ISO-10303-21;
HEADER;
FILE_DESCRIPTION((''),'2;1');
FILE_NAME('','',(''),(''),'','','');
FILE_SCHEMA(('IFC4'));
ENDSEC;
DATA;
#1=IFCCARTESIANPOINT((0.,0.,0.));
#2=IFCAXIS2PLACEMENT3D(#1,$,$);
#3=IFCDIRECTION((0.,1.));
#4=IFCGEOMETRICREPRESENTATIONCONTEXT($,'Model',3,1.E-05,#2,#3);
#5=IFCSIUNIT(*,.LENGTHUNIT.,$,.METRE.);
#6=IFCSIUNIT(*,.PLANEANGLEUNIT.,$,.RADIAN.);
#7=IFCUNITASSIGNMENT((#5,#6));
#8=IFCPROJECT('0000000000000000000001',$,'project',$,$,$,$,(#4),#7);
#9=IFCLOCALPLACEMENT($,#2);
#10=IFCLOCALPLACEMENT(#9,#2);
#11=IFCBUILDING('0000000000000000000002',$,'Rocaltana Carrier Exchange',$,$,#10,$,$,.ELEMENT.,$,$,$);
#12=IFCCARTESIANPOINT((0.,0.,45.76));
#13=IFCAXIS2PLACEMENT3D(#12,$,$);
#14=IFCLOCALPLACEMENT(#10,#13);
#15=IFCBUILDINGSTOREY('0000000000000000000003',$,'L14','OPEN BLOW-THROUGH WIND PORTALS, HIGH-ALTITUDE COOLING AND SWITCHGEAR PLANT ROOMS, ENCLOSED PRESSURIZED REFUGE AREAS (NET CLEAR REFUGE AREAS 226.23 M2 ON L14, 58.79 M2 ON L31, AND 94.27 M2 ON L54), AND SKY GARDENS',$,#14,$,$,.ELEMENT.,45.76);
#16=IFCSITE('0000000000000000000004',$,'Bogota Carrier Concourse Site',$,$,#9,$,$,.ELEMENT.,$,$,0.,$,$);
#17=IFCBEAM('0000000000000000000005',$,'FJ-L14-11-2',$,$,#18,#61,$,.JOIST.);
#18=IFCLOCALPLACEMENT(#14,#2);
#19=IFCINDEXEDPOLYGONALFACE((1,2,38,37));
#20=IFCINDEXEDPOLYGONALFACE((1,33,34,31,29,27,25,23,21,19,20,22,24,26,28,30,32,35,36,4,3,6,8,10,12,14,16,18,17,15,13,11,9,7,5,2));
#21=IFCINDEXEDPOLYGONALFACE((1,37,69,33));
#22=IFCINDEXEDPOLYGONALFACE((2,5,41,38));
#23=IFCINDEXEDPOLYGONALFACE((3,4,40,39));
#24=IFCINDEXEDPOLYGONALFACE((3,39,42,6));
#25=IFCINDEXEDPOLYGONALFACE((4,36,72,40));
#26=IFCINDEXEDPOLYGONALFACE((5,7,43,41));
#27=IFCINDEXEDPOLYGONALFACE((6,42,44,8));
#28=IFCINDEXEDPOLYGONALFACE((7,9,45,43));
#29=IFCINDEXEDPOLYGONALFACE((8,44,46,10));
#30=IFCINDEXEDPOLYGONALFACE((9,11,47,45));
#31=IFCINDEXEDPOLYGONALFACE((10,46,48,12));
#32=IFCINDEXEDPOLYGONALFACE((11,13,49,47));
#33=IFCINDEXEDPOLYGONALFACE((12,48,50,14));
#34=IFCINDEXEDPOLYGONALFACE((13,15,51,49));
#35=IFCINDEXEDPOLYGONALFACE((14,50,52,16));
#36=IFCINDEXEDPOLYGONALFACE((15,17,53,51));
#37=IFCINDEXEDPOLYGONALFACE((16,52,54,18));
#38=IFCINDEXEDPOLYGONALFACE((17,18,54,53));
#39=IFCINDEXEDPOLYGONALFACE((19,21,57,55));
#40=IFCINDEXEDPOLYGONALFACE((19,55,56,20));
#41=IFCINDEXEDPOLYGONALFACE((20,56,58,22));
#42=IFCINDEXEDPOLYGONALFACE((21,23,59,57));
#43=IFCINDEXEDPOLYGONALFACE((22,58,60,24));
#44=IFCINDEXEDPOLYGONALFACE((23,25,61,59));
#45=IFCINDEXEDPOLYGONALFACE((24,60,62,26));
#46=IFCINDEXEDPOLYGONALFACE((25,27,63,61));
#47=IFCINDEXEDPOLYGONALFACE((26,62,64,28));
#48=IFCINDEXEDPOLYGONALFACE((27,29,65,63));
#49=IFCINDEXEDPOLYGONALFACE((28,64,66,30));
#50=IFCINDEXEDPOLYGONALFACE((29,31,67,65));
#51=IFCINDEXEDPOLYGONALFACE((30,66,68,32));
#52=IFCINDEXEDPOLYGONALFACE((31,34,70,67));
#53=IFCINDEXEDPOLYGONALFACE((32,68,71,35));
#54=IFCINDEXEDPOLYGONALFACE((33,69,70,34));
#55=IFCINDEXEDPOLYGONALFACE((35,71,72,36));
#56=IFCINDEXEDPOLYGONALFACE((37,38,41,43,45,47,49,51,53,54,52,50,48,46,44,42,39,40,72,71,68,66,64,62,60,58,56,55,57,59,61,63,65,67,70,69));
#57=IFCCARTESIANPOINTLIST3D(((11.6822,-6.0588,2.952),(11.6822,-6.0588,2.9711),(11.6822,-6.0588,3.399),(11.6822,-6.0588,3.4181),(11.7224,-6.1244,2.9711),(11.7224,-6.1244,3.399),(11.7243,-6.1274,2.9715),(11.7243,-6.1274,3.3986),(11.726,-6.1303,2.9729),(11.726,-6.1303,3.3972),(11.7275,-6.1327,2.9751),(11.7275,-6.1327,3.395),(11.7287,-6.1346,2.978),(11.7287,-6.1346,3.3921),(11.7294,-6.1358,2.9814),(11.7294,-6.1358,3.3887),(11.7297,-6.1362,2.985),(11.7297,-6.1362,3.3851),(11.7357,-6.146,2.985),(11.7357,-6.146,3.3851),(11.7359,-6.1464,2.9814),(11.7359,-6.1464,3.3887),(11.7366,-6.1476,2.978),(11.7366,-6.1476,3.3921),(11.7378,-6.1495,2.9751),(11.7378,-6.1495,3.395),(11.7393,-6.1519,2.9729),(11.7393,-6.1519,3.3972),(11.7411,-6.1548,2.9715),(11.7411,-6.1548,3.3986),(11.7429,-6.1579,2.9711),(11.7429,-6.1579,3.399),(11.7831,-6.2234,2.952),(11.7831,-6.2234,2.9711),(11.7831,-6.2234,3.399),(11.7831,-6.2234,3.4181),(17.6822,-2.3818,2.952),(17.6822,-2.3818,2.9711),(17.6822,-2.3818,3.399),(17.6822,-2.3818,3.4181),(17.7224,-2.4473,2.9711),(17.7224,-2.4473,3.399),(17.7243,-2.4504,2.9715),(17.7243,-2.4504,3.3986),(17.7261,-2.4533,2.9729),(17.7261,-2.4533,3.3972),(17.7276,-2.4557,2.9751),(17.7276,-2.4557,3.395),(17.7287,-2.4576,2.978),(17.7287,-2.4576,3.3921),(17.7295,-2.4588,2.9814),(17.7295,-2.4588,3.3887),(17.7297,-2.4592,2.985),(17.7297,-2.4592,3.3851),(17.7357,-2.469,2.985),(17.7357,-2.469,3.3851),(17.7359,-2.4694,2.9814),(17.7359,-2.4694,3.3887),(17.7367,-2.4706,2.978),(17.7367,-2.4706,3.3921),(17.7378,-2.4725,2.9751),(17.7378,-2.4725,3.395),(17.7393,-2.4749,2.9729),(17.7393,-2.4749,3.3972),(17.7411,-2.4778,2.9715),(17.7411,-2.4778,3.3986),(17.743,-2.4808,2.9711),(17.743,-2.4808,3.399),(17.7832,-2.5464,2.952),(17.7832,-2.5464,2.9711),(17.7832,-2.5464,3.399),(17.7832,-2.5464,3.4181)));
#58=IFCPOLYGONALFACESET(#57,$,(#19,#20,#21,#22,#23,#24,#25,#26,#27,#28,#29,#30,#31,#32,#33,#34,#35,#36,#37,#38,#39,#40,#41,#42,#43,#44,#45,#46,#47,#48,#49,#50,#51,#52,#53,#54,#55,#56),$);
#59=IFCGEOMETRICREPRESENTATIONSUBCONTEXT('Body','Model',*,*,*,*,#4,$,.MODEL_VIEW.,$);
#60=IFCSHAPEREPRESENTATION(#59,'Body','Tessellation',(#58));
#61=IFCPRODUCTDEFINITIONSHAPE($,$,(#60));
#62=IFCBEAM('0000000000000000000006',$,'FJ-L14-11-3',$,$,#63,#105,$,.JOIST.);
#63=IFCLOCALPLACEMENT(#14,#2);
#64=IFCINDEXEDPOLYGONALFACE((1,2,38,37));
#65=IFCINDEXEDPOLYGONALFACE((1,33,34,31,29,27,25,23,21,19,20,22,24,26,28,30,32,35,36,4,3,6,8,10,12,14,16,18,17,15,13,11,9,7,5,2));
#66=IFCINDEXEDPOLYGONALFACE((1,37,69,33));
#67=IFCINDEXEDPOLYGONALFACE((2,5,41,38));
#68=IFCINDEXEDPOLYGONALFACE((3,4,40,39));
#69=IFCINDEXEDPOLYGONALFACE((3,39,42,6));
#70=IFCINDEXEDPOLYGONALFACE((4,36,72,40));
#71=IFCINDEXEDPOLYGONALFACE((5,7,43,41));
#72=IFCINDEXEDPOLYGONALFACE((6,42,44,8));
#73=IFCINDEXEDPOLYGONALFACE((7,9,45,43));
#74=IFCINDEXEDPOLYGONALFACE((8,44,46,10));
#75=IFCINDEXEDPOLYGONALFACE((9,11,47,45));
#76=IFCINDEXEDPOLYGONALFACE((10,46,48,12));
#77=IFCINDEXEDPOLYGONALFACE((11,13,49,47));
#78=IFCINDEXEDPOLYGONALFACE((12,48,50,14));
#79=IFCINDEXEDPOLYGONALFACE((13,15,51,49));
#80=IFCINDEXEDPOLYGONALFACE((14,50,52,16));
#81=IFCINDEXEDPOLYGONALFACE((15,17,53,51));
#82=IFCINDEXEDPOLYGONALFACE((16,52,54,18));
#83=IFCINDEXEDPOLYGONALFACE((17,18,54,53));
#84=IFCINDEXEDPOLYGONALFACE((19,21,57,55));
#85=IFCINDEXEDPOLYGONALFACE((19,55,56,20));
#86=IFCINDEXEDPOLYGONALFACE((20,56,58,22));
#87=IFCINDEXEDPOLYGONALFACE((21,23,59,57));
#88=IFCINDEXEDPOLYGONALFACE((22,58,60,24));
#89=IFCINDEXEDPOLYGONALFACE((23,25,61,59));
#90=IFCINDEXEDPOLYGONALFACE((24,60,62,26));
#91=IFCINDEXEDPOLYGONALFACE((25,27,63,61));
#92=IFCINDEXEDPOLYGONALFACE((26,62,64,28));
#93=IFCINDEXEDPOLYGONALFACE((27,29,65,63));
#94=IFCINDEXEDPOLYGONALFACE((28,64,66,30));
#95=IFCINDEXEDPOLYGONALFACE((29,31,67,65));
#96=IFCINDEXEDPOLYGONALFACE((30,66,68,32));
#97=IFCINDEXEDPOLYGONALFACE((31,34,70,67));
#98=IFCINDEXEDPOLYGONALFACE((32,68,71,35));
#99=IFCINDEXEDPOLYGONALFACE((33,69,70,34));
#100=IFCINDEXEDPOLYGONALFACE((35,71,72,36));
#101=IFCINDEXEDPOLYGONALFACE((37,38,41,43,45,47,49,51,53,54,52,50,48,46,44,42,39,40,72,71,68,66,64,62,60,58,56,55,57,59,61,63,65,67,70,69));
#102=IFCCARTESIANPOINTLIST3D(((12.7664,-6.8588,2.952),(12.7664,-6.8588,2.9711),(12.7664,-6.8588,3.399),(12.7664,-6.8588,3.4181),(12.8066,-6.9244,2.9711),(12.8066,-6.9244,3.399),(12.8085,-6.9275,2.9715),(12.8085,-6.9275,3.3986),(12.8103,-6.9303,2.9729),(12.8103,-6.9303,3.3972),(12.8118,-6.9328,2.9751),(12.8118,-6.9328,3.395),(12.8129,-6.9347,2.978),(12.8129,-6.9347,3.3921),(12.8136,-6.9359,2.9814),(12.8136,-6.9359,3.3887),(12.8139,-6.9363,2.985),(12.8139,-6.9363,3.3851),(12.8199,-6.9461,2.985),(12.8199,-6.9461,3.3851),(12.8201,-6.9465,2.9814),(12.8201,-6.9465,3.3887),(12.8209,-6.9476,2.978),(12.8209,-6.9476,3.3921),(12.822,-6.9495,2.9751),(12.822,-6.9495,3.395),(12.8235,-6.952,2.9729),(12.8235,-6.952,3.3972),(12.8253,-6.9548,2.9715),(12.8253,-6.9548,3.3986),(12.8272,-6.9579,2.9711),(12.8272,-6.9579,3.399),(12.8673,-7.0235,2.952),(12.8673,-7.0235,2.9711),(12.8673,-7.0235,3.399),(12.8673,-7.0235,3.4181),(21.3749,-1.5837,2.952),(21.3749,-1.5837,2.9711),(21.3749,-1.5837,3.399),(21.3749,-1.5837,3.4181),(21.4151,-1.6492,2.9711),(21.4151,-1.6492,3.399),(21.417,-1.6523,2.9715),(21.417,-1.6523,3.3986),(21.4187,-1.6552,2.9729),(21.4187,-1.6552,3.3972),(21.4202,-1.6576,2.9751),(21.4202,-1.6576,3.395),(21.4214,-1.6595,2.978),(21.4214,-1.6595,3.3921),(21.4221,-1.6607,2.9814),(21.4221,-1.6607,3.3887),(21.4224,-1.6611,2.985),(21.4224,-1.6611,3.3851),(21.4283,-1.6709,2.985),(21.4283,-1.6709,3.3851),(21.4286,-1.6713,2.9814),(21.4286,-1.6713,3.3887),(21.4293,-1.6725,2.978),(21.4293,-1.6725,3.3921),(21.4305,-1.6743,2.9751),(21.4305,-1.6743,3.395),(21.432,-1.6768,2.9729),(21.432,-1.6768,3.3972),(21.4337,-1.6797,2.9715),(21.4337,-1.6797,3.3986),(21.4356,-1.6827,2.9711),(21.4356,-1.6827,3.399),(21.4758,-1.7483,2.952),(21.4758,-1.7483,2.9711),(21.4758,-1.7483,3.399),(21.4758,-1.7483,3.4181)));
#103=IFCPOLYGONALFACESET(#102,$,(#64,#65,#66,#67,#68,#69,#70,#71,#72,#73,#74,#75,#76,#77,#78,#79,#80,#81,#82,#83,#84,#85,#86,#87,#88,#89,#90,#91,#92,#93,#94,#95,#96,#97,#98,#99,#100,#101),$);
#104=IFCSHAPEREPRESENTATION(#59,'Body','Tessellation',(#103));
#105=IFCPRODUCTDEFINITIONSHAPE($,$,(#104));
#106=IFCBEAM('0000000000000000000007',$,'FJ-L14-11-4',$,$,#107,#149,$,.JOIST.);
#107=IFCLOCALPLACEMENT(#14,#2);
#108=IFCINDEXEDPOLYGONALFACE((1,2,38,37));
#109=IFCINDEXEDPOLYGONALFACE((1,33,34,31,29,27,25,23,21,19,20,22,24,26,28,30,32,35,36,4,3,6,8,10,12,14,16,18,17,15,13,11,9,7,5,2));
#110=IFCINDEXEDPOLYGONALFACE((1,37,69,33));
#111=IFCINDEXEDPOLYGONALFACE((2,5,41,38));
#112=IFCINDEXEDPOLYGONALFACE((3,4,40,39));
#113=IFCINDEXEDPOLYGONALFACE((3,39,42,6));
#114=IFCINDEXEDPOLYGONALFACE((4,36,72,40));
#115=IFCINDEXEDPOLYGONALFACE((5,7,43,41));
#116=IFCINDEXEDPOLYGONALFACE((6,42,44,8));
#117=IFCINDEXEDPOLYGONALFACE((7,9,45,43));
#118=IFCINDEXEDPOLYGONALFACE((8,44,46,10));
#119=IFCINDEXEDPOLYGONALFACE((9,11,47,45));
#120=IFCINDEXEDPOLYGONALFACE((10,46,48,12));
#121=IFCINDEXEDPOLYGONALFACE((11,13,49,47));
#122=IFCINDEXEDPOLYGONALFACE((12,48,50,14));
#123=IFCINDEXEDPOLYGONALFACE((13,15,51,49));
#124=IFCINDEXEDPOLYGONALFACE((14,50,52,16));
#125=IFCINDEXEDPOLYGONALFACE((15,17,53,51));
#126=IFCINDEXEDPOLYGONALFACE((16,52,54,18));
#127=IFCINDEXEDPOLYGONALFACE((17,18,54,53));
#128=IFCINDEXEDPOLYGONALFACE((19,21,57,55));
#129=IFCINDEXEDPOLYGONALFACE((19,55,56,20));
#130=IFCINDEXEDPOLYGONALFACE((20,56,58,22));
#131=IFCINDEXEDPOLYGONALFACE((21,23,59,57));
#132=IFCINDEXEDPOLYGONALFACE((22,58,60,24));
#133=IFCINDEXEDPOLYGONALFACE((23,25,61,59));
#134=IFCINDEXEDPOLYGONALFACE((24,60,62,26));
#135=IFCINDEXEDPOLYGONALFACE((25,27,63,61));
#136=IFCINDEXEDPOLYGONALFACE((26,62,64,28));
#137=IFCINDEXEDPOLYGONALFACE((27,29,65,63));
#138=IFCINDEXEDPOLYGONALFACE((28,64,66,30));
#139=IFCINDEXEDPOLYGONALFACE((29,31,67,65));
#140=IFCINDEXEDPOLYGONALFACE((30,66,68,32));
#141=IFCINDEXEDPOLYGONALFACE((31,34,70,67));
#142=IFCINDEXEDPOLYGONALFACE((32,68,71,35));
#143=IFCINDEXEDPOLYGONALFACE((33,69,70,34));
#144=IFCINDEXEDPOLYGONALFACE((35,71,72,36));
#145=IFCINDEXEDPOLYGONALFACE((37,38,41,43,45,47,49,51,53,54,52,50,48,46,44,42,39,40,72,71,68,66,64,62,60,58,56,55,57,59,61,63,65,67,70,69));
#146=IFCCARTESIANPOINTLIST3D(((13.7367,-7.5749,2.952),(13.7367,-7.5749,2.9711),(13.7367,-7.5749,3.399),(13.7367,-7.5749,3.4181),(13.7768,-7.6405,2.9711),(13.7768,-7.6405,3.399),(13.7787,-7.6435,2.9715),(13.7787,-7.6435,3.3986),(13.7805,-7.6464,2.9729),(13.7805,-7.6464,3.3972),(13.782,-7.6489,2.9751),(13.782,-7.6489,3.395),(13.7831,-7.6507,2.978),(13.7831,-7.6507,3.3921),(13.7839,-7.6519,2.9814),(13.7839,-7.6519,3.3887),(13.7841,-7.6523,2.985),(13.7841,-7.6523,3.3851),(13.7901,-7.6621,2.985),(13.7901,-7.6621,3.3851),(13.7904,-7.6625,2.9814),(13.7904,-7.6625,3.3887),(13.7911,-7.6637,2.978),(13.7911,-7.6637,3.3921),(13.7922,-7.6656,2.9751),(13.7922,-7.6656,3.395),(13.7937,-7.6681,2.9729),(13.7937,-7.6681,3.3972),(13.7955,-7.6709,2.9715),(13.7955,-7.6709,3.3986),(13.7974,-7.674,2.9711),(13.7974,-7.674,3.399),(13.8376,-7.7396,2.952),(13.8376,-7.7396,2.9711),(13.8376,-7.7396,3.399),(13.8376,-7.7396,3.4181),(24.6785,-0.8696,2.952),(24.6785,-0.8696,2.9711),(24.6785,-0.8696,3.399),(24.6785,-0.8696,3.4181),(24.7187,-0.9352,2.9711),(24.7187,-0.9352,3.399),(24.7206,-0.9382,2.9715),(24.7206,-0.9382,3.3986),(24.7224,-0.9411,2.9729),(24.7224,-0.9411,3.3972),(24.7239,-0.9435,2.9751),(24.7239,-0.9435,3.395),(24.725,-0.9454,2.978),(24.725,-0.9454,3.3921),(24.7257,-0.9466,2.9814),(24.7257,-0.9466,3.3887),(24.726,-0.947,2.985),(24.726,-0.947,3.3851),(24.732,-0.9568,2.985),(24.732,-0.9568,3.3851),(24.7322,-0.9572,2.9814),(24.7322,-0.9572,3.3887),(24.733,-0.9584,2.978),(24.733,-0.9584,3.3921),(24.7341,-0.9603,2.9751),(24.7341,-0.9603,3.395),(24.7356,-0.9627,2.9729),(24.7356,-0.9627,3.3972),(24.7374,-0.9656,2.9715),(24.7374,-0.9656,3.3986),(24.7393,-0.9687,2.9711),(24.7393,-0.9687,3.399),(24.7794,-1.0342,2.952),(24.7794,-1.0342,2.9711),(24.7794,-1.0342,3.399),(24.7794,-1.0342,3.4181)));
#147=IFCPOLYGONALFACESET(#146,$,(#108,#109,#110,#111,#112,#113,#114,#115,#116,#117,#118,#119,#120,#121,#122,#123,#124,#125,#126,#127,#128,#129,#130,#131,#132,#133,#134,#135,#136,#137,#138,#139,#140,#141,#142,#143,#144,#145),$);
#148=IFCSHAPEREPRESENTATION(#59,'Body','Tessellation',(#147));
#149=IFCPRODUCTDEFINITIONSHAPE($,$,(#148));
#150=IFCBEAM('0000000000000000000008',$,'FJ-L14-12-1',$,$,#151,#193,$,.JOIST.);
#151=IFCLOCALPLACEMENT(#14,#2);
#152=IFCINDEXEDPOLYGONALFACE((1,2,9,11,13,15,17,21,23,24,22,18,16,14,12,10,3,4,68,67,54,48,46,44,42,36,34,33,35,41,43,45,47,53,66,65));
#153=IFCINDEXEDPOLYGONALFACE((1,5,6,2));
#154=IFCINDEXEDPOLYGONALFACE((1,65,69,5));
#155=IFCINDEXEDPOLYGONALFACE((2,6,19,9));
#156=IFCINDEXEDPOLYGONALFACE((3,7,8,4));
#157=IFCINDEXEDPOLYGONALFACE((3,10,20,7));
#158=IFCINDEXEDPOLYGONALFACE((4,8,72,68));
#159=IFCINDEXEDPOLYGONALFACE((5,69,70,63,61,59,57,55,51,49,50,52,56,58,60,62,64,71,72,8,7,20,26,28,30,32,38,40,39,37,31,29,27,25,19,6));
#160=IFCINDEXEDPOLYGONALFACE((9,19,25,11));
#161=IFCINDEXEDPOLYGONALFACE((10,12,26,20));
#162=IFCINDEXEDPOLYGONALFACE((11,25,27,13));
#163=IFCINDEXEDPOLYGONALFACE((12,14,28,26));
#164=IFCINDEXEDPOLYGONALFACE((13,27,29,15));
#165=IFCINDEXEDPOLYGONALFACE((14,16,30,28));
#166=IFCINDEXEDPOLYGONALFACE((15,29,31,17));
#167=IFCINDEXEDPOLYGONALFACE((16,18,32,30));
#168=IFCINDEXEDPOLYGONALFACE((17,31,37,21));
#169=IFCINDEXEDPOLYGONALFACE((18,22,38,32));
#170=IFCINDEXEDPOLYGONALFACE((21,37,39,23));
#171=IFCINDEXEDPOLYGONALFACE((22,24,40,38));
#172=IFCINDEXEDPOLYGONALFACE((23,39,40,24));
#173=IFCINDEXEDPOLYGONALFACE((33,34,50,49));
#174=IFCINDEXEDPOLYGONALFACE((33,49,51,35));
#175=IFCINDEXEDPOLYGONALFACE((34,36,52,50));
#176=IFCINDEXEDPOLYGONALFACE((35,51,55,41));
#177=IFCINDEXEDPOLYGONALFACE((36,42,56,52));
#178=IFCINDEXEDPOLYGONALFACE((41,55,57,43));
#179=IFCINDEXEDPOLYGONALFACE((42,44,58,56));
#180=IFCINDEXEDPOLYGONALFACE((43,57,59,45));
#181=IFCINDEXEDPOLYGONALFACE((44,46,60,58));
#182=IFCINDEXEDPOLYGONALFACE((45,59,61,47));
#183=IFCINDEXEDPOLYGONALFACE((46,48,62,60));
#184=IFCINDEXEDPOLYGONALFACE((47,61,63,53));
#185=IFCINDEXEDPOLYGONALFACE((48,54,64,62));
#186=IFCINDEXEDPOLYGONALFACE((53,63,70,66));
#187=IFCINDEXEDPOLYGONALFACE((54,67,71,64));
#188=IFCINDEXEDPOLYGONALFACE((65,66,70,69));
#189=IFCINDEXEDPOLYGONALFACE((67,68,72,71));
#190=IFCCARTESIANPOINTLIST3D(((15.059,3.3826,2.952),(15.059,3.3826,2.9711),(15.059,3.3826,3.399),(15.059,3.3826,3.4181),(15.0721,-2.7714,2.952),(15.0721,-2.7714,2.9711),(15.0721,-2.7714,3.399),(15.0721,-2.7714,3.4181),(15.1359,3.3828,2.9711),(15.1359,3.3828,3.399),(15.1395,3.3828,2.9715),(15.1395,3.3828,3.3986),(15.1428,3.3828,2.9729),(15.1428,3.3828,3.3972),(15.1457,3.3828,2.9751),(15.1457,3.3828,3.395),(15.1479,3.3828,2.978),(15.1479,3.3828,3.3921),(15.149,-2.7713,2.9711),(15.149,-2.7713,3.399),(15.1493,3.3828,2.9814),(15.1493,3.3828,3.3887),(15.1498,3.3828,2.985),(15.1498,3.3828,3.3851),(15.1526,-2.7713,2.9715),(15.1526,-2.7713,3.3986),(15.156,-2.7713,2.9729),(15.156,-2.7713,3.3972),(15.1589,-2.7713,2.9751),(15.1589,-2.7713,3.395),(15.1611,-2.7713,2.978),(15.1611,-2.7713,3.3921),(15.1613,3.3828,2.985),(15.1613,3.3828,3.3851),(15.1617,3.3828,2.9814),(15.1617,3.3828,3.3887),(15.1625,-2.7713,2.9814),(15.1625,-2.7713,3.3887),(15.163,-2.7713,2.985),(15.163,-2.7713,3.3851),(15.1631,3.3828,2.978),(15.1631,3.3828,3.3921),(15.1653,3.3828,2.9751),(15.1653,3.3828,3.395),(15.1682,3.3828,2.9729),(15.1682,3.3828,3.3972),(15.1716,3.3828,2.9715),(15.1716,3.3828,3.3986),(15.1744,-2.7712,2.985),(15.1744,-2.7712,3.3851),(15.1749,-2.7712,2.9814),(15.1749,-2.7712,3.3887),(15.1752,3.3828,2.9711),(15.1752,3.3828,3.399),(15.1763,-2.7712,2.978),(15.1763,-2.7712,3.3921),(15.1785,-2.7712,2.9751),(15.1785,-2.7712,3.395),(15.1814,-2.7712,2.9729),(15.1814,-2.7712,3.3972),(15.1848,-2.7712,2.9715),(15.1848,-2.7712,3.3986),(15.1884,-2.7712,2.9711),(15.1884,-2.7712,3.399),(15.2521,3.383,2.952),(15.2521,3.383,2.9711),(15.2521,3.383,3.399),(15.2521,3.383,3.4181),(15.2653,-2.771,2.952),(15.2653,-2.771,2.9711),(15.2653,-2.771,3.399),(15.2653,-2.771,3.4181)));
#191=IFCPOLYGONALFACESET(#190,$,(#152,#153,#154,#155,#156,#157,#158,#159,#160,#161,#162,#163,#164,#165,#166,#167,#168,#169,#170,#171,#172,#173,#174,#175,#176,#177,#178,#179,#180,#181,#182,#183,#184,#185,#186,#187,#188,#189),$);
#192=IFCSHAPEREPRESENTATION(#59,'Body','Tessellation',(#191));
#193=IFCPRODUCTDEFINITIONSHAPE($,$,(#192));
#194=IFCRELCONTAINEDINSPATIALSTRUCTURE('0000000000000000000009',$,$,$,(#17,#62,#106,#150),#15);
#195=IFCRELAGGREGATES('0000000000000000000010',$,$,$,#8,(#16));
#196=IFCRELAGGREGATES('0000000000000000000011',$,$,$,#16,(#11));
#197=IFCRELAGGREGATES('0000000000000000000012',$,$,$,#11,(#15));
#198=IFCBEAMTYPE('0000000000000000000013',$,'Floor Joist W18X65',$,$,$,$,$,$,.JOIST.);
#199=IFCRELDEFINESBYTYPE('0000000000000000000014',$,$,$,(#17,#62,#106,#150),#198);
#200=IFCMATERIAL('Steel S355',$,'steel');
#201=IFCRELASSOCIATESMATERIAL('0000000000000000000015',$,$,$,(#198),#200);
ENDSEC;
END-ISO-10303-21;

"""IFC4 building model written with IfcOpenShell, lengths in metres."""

from ifc_helpers import new_model, si_unit, direction, frame, origin, origin_2d, place, context, subcontext, project, spatial, i_section, extrude, material, material_profile, profile_set, type_object, element, save


model = new_model("IFC4")

# Units and contexts
model_context = context("Model", 3, precision=1e-05, world=origin(), true_north=direction((0.0, 1.0)))
body_context = subcontext(model_context, "Body", "Model", "MODEL_VIEW")
ifc_project = project(units=[si_unit("LENGTHUNIT", "METRE"), si_unit("PLANEANGLEUNIT", "RADIAN")], contexts=[model_context])

# Site, building, storey
site_placement = place(None, origin())
site = spatial("IfcSite", under=ifc_project, at=site_placement, Name="Bogota Carrier Concourse Site", CompositionType="ELEMENT", RefElevation=0.0)
building_placement = place(site_placement, origin())
building = spatial("IfcBuilding", under=site, at=building_placement, Name="Rocaltana Carrier Exchange", CompositionType="ELEMENT")
storey_placement = place(building_placement, frame((0.0, 0.0, 45.76)))
storey = spatial("IfcBuildingStorey", under=building, at=storey_placement, Name="L14", Description="OPEN BLOW-THROUGH WIND PORTALS, HIGH-ALTITUDE COOLING AND SWITCHGEAR PLANT ROOMS, ENCLOSED PRESSURIZED REFUGE AREAS (NET CLEAR REFUGE AREAS 226.23 M2 ON L14, 58.79 M2 ON L31, AND 94.27 M2 ON L54), AND SKY GARDENS", CompositionType="ELEMENT", Elevation=45.76)

# Beams
ifc_material_1 = material(Name="Steel S355", Category="steel")
ifc_material_profile_1 = material_profile(ifc_material_1, i_section(OverallWidth=0.1931, OverallDepth=0.4661, WebThickness=0.0115, FlangeThickness=0.019, FilletRadius=0.0139, at=origin_2d()), Name="W18X65")
ifc_profile_set_1 = profile_set([ifc_material_profile_1], Name="Steel S355")
beam_type_1 = type_object("IfcBeamType", Name="Floor Joist W18X65", PredefinedType="JOIST", material=ifc_profile_set_1)
beam_1_placement = place(storey_placement, frame((11.7327, -6.1411, 3.1851), z_axis=(0.852628, 0.522519, 0.0), x_axis=(-0.522519, 0.852628, 0.0)))
element("IfcBeam", 1, at=beam_1_placement, inside=storey, type_object=beam_type_1, Name="FJ-L14-11-2", PredefinedType="JOIST", context=body_context, shape_type="SweptSolid", body=[
    extrude(i_section(OverallWidth=0.1931, OverallDepth=0.4661, WebThickness=0.0115, FlangeThickness=0.019, FilletRadius=0.0139, at=origin_2d()), origin(), (0.0, 0.0, 1.0), 7.0371),
])
beam_2_placement = place(storey_placement, frame((12.8169, -6.9412, 3.1851), z_axis=(0.852644, 0.522492, 0.0), x_axis=(-0.522492, 0.852644, 0.0)))
element("IfcBeam", 2, at=beam_2_placement, inside=storey, type_object=beam_type_1, Name="FJ-L14-11-3", PredefinedType="JOIST", context=body_context, shape_type="SweptSolid", body=[
    extrude(i_section(OverallWidth=0.1931, OverallDepth=0.4661, WebThickness=0.0115, FlangeThickness=0.019, FilletRadius=0.0139, at=origin_2d()), origin(), (0.0, 0.0, 1.0), 10.0962),
])
beam_3_placement = place(storey_placement, frame((13.7871, -7.6572, 3.1851), z_axis=(0.852636, 0.522505, 0.0), x_axis=(-0.522505, 0.852636, 0.0)))
element("IfcBeam", 3, at=beam_3_placement, inside=storey, type_object=beam_type_1, Name="FJ-L14-11-4", PredefinedType="JOIST", context=body_context, shape_type="SweptSolid", body=[
    extrude(i_section(OverallWidth=0.1931, OverallDepth=0.4661, WebThickness=0.0115, FlangeThickness=0.019, FilletRadius=0.0139, at=origin_2d()), origin(), (0.0, 0.0, 1.0), 12.833),
])
beam_4_placement = place(storey_placement, frame((15.1687, -2.7712, 3.1851), z_axis=(-0.002142, 0.999998, 0.0), x_axis=(-0.999998, -0.002142, 0.0)))
element("IfcBeam", 4, at=beam_4_placement, inside=storey, type_object=beam_type_1, Name="FJ-L14-12-1", PredefinedType="JOIST", context=body_context, shape_type="SweptSolid", body=[
    extrude(i_section(OverallWidth=0.1931, OverallDepth=0.4661, WebThickness=0.0115, FlangeThickness=0.019, FilletRadius=0.0139, at=origin_2d()), origin(), (0.0, 0.0, 1.0), 6.1541),
])

save(model, "model.ifc")
